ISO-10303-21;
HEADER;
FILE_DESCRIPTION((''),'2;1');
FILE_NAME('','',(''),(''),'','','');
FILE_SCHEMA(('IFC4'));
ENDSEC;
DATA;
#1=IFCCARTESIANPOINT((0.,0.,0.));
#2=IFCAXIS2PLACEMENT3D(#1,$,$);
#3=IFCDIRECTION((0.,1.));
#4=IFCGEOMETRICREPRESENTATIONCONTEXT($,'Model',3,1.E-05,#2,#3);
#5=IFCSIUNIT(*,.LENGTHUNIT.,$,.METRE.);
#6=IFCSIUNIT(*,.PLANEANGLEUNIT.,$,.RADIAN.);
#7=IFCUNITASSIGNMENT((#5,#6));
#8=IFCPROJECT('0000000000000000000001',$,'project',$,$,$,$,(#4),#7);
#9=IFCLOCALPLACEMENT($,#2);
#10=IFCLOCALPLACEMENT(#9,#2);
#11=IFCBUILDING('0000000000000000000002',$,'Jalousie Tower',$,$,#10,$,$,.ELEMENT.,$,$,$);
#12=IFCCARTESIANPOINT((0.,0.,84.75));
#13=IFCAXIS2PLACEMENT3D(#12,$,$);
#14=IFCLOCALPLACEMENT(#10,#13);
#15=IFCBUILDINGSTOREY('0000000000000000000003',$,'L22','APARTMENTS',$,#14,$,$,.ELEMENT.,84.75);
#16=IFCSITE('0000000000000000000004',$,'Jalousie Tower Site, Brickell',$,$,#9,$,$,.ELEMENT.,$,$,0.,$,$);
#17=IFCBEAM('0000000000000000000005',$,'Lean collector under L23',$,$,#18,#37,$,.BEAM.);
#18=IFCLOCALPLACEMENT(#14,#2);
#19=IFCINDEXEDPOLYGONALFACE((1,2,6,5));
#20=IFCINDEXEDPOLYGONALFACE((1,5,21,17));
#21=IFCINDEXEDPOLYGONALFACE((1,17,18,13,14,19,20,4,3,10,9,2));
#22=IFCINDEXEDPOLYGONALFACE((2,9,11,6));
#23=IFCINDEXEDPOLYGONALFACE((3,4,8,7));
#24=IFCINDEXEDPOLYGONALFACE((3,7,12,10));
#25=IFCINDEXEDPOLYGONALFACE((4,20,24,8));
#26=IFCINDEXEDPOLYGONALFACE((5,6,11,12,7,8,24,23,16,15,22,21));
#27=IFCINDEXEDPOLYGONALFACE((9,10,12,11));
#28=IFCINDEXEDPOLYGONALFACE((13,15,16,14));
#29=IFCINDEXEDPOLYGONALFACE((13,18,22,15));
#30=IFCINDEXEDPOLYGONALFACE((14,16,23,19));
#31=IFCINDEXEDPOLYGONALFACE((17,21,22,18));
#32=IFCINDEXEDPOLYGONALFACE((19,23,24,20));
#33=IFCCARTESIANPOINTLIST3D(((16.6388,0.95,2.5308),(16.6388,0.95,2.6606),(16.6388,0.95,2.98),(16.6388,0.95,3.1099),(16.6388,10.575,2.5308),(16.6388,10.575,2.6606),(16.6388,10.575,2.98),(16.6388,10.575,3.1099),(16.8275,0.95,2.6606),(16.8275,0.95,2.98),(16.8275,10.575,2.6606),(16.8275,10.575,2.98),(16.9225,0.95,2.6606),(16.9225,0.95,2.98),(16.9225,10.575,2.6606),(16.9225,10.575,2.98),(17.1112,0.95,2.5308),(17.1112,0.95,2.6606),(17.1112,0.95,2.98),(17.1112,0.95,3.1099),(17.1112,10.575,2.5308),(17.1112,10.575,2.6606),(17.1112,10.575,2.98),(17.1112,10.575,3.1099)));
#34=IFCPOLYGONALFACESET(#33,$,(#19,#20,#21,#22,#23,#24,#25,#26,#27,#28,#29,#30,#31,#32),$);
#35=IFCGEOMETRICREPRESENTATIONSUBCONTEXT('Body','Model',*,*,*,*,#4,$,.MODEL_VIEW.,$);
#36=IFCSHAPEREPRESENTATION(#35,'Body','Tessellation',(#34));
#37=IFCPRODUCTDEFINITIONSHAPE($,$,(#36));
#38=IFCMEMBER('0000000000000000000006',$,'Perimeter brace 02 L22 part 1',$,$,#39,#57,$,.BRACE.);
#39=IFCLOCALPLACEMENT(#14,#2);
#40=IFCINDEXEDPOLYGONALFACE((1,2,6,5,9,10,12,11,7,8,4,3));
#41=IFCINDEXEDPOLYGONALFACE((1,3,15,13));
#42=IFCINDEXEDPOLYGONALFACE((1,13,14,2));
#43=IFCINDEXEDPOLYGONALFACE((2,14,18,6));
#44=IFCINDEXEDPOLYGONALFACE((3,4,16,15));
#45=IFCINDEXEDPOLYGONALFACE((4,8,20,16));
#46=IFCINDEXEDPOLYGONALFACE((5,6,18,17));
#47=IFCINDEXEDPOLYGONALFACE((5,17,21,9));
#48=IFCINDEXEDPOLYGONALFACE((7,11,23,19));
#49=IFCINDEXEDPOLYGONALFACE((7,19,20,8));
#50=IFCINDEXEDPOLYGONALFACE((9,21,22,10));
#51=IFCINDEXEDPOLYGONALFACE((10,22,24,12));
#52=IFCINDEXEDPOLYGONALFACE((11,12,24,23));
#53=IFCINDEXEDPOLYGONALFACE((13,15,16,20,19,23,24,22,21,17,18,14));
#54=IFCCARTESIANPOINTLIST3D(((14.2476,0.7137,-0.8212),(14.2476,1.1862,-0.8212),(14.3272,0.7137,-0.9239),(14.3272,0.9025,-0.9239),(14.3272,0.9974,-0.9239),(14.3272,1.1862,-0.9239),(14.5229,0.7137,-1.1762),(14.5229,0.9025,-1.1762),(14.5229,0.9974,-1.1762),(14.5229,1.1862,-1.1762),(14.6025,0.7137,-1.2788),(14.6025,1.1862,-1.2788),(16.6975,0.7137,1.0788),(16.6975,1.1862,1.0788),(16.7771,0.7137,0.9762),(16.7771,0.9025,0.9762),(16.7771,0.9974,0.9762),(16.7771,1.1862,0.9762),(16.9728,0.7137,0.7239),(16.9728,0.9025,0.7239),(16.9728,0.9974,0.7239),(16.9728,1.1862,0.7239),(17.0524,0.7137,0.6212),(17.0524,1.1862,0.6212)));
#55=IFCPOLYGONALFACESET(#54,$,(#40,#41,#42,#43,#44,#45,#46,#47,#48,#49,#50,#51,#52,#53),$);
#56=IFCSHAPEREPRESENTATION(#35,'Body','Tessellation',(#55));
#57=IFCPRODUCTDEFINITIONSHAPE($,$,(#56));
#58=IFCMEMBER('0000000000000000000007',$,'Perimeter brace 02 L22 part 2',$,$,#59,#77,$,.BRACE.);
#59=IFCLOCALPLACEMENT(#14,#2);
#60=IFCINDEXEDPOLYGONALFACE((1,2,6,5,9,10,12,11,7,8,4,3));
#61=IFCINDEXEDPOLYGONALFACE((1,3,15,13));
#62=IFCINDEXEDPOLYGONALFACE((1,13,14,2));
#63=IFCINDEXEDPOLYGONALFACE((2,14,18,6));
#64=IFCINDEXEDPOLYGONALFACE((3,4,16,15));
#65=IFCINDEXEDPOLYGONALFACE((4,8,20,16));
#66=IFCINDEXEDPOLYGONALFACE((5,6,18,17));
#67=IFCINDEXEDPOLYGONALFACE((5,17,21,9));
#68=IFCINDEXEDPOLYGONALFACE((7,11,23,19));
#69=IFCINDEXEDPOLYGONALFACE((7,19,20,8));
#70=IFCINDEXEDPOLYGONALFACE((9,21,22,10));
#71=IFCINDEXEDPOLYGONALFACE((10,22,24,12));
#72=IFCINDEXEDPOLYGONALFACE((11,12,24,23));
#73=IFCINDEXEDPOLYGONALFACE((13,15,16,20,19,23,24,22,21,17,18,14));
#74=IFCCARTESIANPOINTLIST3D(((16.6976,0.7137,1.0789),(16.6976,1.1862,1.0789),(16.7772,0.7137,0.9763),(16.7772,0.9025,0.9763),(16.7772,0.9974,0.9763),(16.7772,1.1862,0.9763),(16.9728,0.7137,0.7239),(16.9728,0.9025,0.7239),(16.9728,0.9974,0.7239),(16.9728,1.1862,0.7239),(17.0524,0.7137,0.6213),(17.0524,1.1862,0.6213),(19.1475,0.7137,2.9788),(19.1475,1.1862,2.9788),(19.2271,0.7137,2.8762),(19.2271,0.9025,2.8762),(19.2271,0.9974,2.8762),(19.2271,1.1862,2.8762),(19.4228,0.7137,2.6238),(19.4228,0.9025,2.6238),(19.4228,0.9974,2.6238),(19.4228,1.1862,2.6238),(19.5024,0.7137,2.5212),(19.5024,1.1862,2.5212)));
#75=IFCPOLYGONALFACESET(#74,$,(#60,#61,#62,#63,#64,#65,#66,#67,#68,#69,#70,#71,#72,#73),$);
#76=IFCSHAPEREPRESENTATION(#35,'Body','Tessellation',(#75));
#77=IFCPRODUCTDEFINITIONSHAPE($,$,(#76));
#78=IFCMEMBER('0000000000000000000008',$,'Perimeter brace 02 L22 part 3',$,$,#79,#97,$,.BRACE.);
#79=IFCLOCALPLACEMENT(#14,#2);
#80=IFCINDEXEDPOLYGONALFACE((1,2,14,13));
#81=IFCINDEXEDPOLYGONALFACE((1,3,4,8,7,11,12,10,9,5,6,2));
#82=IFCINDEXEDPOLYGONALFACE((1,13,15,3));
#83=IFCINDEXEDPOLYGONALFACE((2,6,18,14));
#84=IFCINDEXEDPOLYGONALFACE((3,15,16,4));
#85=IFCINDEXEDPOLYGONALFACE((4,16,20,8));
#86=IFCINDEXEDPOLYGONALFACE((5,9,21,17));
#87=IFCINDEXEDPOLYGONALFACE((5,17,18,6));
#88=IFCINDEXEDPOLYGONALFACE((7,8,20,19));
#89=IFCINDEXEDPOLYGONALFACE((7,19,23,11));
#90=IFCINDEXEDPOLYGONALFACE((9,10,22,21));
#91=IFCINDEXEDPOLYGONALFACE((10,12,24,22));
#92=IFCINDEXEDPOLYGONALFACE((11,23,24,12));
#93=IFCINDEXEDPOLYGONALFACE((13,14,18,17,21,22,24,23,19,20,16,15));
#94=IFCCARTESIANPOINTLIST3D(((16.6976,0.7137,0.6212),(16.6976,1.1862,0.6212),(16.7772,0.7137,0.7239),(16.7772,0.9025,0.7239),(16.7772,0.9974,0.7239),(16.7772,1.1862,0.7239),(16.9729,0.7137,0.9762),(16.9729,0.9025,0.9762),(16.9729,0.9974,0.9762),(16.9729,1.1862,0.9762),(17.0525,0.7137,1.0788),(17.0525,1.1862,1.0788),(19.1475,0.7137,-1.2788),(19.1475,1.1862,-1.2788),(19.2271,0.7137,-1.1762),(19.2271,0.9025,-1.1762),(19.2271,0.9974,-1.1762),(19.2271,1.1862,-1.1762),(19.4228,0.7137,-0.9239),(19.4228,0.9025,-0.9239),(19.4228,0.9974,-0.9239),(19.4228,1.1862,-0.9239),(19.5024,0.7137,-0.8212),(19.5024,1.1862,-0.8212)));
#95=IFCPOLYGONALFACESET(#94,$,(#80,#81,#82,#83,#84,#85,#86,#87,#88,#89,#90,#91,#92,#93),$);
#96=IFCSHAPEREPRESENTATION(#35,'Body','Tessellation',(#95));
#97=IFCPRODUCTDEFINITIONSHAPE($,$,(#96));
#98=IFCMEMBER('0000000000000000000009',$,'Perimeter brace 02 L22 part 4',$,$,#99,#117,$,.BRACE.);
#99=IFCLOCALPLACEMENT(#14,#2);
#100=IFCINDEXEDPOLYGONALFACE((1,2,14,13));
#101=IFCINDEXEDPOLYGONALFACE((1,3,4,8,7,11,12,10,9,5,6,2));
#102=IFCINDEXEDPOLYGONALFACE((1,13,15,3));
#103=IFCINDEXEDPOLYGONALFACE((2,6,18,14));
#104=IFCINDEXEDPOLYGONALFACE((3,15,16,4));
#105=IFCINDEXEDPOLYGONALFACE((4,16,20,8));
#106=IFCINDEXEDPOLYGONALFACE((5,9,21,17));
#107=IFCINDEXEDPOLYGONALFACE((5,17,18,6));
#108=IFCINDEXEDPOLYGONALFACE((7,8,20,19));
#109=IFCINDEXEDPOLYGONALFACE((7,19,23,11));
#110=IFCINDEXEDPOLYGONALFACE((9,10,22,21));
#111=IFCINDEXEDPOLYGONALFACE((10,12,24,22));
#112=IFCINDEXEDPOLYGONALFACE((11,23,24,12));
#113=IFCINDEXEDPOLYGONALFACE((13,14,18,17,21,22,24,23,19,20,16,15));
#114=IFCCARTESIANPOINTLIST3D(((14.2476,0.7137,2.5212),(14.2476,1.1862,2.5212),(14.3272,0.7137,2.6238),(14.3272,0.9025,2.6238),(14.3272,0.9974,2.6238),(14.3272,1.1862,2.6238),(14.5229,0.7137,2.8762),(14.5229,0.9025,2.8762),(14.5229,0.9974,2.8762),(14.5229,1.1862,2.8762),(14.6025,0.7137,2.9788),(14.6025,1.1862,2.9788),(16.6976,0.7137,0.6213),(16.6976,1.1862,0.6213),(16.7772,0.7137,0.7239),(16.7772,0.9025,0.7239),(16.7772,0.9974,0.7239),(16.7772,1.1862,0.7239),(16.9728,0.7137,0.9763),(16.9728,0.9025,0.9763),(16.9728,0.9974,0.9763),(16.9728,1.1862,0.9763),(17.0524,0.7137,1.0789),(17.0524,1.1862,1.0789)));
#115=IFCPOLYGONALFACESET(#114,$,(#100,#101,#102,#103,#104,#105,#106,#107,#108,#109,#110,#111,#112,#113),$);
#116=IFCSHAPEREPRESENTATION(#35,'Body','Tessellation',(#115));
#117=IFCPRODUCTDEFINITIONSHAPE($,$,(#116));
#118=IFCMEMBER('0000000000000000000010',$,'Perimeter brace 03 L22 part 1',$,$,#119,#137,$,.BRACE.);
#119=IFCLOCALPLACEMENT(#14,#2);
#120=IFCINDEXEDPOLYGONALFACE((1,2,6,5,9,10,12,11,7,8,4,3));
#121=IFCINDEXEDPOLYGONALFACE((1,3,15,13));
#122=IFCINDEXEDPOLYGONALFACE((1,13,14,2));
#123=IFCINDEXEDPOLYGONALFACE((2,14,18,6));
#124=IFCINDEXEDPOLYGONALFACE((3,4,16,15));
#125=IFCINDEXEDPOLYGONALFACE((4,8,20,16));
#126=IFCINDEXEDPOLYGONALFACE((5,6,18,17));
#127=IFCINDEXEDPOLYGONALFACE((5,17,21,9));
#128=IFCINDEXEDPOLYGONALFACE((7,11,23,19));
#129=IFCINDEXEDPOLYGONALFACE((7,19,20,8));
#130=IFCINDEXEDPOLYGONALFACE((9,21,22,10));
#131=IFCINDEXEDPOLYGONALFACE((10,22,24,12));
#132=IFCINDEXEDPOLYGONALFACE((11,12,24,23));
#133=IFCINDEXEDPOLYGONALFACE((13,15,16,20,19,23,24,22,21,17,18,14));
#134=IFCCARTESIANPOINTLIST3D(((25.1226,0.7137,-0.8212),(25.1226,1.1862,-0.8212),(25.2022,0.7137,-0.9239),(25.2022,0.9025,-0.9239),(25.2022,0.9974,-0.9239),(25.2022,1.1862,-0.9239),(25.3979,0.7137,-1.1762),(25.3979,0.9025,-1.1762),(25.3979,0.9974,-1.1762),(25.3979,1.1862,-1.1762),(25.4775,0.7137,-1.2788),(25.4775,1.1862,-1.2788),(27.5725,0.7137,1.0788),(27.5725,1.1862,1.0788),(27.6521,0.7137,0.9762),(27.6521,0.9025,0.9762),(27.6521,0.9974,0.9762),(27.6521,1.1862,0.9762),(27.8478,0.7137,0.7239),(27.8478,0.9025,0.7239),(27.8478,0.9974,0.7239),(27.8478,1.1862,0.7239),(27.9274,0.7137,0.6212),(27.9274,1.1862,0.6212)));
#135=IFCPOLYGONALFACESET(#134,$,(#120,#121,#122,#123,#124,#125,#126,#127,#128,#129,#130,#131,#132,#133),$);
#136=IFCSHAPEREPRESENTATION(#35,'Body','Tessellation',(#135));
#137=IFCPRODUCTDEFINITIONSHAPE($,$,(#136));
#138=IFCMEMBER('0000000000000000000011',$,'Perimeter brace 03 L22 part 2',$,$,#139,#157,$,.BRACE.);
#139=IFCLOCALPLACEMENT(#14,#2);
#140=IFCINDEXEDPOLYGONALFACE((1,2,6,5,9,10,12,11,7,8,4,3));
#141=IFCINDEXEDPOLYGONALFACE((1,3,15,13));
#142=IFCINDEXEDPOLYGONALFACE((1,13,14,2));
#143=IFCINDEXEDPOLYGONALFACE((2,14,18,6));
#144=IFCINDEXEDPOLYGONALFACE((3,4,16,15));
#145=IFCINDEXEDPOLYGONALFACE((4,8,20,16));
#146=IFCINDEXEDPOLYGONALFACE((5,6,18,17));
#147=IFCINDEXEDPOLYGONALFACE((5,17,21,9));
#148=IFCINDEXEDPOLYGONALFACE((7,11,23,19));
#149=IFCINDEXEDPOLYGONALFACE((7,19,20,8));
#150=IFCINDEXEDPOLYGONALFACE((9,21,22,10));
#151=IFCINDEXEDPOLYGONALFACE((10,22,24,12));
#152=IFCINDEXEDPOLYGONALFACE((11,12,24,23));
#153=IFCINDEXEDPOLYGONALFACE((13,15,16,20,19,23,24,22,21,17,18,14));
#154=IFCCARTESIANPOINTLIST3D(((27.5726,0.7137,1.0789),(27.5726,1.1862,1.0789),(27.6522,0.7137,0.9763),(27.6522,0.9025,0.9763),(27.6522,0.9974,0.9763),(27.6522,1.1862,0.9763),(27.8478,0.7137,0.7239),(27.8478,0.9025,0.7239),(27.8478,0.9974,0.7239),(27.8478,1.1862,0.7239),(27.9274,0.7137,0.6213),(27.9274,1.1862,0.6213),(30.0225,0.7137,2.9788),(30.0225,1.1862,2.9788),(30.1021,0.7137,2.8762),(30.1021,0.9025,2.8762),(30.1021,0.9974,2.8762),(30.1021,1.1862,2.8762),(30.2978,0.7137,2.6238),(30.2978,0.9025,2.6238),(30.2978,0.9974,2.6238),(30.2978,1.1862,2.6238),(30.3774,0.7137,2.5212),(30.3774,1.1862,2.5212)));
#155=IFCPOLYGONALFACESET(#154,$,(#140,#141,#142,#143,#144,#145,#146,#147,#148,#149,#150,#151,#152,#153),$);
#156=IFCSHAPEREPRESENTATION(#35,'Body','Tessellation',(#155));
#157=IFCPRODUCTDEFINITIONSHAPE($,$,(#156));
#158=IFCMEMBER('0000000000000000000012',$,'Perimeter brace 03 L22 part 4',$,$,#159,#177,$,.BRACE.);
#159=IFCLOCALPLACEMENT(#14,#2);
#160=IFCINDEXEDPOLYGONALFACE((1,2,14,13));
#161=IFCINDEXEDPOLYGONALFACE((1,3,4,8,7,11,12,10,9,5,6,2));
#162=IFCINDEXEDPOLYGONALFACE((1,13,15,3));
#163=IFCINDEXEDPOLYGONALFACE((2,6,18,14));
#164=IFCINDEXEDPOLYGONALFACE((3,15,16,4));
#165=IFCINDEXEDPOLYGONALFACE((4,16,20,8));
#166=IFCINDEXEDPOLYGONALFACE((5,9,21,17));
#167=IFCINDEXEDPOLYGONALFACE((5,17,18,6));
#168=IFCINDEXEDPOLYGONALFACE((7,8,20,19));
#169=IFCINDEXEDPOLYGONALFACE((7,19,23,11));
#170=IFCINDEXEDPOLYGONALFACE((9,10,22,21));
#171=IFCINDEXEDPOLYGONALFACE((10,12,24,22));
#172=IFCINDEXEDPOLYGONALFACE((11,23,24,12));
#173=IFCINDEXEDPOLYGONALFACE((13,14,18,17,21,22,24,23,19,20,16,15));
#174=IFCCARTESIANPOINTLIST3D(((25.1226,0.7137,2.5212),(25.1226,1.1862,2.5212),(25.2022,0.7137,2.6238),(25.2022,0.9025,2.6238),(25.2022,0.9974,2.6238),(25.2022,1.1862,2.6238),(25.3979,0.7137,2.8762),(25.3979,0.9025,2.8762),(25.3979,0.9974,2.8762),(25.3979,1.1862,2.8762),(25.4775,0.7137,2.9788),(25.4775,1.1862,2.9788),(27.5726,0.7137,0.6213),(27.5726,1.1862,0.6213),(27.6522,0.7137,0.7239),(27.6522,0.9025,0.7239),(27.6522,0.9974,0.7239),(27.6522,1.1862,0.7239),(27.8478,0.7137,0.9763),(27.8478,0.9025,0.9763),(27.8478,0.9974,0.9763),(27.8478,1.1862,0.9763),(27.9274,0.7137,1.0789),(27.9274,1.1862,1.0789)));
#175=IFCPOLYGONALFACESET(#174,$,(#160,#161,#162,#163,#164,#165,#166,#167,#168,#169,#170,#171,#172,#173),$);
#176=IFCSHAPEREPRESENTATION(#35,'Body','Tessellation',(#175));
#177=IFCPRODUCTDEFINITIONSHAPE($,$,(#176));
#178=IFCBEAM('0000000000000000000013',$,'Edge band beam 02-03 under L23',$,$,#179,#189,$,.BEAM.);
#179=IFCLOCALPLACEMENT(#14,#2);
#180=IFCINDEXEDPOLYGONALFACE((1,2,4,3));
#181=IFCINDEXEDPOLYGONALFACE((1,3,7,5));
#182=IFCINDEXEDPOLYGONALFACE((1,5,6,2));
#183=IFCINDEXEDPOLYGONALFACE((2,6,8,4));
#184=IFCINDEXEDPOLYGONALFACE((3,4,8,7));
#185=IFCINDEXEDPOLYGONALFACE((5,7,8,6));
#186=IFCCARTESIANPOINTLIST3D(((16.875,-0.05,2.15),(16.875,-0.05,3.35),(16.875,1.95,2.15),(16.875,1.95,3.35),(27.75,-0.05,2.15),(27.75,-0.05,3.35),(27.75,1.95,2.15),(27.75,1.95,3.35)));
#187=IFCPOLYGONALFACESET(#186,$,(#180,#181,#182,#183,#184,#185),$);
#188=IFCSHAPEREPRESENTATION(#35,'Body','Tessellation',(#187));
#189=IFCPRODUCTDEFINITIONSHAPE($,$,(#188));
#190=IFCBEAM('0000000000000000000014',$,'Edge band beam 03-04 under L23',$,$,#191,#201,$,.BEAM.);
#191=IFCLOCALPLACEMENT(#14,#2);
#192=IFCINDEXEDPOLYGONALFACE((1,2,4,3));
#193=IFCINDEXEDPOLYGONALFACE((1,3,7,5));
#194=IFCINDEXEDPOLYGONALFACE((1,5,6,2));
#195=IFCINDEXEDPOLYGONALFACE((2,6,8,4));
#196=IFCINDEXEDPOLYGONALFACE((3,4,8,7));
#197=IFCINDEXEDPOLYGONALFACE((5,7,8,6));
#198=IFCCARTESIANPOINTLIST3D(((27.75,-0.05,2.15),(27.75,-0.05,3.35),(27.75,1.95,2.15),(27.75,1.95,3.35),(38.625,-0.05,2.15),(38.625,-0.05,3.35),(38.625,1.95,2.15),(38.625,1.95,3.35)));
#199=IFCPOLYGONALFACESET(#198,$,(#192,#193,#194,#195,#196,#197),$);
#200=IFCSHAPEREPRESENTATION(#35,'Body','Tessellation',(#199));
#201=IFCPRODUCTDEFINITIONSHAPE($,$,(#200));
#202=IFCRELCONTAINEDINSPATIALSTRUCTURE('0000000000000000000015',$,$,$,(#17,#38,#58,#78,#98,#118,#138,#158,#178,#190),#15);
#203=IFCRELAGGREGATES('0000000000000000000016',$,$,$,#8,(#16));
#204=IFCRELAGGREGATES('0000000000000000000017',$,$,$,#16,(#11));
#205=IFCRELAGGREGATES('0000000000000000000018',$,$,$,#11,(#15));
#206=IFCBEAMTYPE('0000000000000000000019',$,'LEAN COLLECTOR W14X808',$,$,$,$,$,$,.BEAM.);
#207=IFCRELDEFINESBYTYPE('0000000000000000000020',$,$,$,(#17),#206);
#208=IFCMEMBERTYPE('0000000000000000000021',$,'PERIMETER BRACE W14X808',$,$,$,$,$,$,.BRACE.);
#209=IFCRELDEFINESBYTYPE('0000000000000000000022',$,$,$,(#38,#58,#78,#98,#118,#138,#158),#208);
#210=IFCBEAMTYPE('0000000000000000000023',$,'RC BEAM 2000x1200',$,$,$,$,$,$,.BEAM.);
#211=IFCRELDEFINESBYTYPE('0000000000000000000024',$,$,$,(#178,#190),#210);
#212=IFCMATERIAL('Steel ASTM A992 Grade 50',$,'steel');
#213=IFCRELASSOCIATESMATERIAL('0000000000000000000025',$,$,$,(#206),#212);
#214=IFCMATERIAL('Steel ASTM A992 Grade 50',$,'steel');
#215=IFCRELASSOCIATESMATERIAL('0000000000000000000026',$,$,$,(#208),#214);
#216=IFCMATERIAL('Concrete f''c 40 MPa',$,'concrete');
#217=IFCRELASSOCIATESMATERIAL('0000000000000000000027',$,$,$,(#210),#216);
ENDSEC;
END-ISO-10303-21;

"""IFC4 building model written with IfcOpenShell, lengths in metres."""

from ifc_helpers import new_model, si_unit, direction, frame, origin, origin_2d, place, context, subcontext, project, spatial, rectangle, i_section, extrude, material, material_profile, profile_set, type_object, element, save


model = new_model("IFC4")

# Units and contexts
model_context = context("Model", 3, precision=1e-05, world=origin(), true_north=direction((0.0, 1.0)))
body_context = subcontext(model_context, "Body", "Model", "MODEL_VIEW")
ifc_project = project(units=[si_unit("LENGTHUNIT", "METRE"), si_unit("PLANEANGLEUNIT", "RADIAN")], contexts=[model_context])

# Site, building, storey
site_placement = place(None, origin())
site = spatial("IfcSite", under=ifc_project, at=site_placement, Name="Jalousie Tower Site, Brickell", CompositionType="ELEMENT", RefElevation=0.0)
building_placement = place(site_placement, origin())
building = spatial("IfcBuilding", under=site, at=building_placement, Name="Jalousie Tower", CompositionType="ELEMENT")
storey_placement = place(building_placement, frame((0.0, 0.0, 84.75)))
storey = spatial("IfcBuildingStorey", under=building, at=storey_placement, Name="L22", Description="APARTMENTS", CompositionType="ELEMENT", Elevation=84.75)

# Beam
ifc_material_1 = material(Name="Steel ASTM A992 Grade 50", Category="steel")
ifc_material_profile_1 = material_profile(ifc_material_1, i_section(OverallWidth=0.4724, OverallDepth=0.5791, WebThickness=0.095, FlangeThickness=0.1299, at=origin_2d()), Name="W14X808")
ifc_profile_set_1 = profile_set([ifc_material_profile_1], Name="Steel ASTM A992 Grade 50")
beam_type_1 = type_object("IfcBeamType", Name="LEAN COLLECTOR W14X808", PredefinedType="BEAM", material=ifc_profile_set_1)
beam_placement = place(storey_placement, frame((16.875, 0.95, 2.8203), z_axis=(0.0, 1.0, 0.0), x_axis=(-1.0, 0.0, 0.0)))
element("IfcBeam", 1, at=beam_placement, inside=storey, type_object=beam_type_1, Name="Lean collector under L23", PredefinedType="BEAM", context=body_context, shape_type="SweptSolid", body=[
    extrude(i_section(OverallWidth=0.4724, OverallDepth=0.5791, WebThickness=0.095, FlangeThickness=0.1299, at=origin_2d()), origin(), (0.0, 0.0, 1.0), 9.625),
])

# Members
ifc_material_2 = material(Name="Steel ASTM A992 Grade 50", Category="steel")
ifc_material_profile_2 = material_profile(ifc_material_2, i_section(OverallWidth=0.4724, OverallDepth=0.5791, WebThickness=0.095, FlangeThickness=0.1299, at=origin_2d()), Name="W14X808")
ifc_profile_set_2 = profile_set([ifc_material_profile_2], Name="Steel ASTM A992 Grade 50")
member_type_1 = type_object("IfcMemberType", Name="PERIMETER BRACE W14X808", PredefinedType="BRACE", material=ifc_profile_set_2)
for number, where, z_axis, x_axis, name in (
    (2, (14.425, 0.95, -1.05), (0.790191, 0.0, 0.612861), (0.0, 1.0, 0.0), "Perimeter brace 02 L22 part 1"),
    (3, (16.875, 0.95, 0.8501), (0.790229, 0.0, 0.612811), (0.0, 1.0, 0.0), "Perimeter brace 02 L22 part 2"),
    (4, (19.325, 0.95, -1.05), (-0.790191, 0.0, 0.612861), (0.0, -1.0, 0.0), "Perimeter brace 02 L22 part 3"),
    (5, (16.875, 0.95, 0.8501), (-0.790229, 0.0, 0.612811), (0.0, -1.0, 0.0), "Perimeter brace 02 L22 part 4"),
    (6, (25.3, 0.95, -1.05), (0.790191, 0.0, 0.612861), (0.0, 1.0, 0.0), "Perimeter brace 03 L22 part 1"),
    (7, (27.75, 0.95, 0.8501), (0.790229, 0.0, 0.612811), (0.0, 1.0, 0.0), "Perimeter brace 03 L22 part 2"),
    (8, (27.75, 0.95, 0.8501), (-0.790229, 0.0, 0.612811), (0.0, -1.0, 0.0), "Perimeter brace 03 L22 part 4"),
):
    element("IfcMember", number, at=place(storey_placement, frame(where, z_axis=z_axis, x_axis=x_axis)), inside=storey, type_object=member_type_1, Name=name, PredefinedType="BRACE", context=body_context, shape_type="SweptSolid", body=[
        extrude(i_section(OverallWidth=0.4724, OverallDepth=0.5791, WebThickness=0.095, FlangeThickness=0.1299, at=origin_2d()), origin(), (0.0, 0.0, 1.0), 3.1003),
    ])

# Beams
ifc_material_3 = material(Name="Concrete f'c 40 MPa", Category="concrete")
ifc_material_profile_3 = material_profile(ifc_material_3, rectangle(XDim=2.0, YDim=1.2, at=origin_2d()), Name="RC 2000x1200")
ifc_profile_set_3 = profile_set([ifc_material_profile_3], Name="Concrete f'c 40 MPa")
beam_type_2 = type_object("IfcBeamType", Name="RC BEAM 2000x1200", PredefinedType="BEAM", material=ifc_profile_set_3)
for number, where, z_axis, x_axis, name in (
    (9, (16.875, 0.95, 2.75), (1.0, 0.0, 0.0), (0.0, 1.0, 0.0), "Edge band beam 02-03 under L23"),
    (10, (27.75, 0.95, 2.75), (1.0, 0.0, 0.0), (0.0, 1.0, 0.0), "Edge band beam 03-04 under L23"),
):
    element("IfcBeam", number, at=place(storey_placement, frame(where, z_axis=z_axis, x_axis=x_axis)), inside=storey, type_object=beam_type_2, Name=name, PredefinedType="BEAM", context=body_context, shape_type="SweptSolid", body=[
        extrude(rectangle(XDim=2.0, YDim=1.2, at=origin_2d()), origin(), (0.0, 0.0, 1.0), 10.875),
    ])

save(model, "model.ifc")
